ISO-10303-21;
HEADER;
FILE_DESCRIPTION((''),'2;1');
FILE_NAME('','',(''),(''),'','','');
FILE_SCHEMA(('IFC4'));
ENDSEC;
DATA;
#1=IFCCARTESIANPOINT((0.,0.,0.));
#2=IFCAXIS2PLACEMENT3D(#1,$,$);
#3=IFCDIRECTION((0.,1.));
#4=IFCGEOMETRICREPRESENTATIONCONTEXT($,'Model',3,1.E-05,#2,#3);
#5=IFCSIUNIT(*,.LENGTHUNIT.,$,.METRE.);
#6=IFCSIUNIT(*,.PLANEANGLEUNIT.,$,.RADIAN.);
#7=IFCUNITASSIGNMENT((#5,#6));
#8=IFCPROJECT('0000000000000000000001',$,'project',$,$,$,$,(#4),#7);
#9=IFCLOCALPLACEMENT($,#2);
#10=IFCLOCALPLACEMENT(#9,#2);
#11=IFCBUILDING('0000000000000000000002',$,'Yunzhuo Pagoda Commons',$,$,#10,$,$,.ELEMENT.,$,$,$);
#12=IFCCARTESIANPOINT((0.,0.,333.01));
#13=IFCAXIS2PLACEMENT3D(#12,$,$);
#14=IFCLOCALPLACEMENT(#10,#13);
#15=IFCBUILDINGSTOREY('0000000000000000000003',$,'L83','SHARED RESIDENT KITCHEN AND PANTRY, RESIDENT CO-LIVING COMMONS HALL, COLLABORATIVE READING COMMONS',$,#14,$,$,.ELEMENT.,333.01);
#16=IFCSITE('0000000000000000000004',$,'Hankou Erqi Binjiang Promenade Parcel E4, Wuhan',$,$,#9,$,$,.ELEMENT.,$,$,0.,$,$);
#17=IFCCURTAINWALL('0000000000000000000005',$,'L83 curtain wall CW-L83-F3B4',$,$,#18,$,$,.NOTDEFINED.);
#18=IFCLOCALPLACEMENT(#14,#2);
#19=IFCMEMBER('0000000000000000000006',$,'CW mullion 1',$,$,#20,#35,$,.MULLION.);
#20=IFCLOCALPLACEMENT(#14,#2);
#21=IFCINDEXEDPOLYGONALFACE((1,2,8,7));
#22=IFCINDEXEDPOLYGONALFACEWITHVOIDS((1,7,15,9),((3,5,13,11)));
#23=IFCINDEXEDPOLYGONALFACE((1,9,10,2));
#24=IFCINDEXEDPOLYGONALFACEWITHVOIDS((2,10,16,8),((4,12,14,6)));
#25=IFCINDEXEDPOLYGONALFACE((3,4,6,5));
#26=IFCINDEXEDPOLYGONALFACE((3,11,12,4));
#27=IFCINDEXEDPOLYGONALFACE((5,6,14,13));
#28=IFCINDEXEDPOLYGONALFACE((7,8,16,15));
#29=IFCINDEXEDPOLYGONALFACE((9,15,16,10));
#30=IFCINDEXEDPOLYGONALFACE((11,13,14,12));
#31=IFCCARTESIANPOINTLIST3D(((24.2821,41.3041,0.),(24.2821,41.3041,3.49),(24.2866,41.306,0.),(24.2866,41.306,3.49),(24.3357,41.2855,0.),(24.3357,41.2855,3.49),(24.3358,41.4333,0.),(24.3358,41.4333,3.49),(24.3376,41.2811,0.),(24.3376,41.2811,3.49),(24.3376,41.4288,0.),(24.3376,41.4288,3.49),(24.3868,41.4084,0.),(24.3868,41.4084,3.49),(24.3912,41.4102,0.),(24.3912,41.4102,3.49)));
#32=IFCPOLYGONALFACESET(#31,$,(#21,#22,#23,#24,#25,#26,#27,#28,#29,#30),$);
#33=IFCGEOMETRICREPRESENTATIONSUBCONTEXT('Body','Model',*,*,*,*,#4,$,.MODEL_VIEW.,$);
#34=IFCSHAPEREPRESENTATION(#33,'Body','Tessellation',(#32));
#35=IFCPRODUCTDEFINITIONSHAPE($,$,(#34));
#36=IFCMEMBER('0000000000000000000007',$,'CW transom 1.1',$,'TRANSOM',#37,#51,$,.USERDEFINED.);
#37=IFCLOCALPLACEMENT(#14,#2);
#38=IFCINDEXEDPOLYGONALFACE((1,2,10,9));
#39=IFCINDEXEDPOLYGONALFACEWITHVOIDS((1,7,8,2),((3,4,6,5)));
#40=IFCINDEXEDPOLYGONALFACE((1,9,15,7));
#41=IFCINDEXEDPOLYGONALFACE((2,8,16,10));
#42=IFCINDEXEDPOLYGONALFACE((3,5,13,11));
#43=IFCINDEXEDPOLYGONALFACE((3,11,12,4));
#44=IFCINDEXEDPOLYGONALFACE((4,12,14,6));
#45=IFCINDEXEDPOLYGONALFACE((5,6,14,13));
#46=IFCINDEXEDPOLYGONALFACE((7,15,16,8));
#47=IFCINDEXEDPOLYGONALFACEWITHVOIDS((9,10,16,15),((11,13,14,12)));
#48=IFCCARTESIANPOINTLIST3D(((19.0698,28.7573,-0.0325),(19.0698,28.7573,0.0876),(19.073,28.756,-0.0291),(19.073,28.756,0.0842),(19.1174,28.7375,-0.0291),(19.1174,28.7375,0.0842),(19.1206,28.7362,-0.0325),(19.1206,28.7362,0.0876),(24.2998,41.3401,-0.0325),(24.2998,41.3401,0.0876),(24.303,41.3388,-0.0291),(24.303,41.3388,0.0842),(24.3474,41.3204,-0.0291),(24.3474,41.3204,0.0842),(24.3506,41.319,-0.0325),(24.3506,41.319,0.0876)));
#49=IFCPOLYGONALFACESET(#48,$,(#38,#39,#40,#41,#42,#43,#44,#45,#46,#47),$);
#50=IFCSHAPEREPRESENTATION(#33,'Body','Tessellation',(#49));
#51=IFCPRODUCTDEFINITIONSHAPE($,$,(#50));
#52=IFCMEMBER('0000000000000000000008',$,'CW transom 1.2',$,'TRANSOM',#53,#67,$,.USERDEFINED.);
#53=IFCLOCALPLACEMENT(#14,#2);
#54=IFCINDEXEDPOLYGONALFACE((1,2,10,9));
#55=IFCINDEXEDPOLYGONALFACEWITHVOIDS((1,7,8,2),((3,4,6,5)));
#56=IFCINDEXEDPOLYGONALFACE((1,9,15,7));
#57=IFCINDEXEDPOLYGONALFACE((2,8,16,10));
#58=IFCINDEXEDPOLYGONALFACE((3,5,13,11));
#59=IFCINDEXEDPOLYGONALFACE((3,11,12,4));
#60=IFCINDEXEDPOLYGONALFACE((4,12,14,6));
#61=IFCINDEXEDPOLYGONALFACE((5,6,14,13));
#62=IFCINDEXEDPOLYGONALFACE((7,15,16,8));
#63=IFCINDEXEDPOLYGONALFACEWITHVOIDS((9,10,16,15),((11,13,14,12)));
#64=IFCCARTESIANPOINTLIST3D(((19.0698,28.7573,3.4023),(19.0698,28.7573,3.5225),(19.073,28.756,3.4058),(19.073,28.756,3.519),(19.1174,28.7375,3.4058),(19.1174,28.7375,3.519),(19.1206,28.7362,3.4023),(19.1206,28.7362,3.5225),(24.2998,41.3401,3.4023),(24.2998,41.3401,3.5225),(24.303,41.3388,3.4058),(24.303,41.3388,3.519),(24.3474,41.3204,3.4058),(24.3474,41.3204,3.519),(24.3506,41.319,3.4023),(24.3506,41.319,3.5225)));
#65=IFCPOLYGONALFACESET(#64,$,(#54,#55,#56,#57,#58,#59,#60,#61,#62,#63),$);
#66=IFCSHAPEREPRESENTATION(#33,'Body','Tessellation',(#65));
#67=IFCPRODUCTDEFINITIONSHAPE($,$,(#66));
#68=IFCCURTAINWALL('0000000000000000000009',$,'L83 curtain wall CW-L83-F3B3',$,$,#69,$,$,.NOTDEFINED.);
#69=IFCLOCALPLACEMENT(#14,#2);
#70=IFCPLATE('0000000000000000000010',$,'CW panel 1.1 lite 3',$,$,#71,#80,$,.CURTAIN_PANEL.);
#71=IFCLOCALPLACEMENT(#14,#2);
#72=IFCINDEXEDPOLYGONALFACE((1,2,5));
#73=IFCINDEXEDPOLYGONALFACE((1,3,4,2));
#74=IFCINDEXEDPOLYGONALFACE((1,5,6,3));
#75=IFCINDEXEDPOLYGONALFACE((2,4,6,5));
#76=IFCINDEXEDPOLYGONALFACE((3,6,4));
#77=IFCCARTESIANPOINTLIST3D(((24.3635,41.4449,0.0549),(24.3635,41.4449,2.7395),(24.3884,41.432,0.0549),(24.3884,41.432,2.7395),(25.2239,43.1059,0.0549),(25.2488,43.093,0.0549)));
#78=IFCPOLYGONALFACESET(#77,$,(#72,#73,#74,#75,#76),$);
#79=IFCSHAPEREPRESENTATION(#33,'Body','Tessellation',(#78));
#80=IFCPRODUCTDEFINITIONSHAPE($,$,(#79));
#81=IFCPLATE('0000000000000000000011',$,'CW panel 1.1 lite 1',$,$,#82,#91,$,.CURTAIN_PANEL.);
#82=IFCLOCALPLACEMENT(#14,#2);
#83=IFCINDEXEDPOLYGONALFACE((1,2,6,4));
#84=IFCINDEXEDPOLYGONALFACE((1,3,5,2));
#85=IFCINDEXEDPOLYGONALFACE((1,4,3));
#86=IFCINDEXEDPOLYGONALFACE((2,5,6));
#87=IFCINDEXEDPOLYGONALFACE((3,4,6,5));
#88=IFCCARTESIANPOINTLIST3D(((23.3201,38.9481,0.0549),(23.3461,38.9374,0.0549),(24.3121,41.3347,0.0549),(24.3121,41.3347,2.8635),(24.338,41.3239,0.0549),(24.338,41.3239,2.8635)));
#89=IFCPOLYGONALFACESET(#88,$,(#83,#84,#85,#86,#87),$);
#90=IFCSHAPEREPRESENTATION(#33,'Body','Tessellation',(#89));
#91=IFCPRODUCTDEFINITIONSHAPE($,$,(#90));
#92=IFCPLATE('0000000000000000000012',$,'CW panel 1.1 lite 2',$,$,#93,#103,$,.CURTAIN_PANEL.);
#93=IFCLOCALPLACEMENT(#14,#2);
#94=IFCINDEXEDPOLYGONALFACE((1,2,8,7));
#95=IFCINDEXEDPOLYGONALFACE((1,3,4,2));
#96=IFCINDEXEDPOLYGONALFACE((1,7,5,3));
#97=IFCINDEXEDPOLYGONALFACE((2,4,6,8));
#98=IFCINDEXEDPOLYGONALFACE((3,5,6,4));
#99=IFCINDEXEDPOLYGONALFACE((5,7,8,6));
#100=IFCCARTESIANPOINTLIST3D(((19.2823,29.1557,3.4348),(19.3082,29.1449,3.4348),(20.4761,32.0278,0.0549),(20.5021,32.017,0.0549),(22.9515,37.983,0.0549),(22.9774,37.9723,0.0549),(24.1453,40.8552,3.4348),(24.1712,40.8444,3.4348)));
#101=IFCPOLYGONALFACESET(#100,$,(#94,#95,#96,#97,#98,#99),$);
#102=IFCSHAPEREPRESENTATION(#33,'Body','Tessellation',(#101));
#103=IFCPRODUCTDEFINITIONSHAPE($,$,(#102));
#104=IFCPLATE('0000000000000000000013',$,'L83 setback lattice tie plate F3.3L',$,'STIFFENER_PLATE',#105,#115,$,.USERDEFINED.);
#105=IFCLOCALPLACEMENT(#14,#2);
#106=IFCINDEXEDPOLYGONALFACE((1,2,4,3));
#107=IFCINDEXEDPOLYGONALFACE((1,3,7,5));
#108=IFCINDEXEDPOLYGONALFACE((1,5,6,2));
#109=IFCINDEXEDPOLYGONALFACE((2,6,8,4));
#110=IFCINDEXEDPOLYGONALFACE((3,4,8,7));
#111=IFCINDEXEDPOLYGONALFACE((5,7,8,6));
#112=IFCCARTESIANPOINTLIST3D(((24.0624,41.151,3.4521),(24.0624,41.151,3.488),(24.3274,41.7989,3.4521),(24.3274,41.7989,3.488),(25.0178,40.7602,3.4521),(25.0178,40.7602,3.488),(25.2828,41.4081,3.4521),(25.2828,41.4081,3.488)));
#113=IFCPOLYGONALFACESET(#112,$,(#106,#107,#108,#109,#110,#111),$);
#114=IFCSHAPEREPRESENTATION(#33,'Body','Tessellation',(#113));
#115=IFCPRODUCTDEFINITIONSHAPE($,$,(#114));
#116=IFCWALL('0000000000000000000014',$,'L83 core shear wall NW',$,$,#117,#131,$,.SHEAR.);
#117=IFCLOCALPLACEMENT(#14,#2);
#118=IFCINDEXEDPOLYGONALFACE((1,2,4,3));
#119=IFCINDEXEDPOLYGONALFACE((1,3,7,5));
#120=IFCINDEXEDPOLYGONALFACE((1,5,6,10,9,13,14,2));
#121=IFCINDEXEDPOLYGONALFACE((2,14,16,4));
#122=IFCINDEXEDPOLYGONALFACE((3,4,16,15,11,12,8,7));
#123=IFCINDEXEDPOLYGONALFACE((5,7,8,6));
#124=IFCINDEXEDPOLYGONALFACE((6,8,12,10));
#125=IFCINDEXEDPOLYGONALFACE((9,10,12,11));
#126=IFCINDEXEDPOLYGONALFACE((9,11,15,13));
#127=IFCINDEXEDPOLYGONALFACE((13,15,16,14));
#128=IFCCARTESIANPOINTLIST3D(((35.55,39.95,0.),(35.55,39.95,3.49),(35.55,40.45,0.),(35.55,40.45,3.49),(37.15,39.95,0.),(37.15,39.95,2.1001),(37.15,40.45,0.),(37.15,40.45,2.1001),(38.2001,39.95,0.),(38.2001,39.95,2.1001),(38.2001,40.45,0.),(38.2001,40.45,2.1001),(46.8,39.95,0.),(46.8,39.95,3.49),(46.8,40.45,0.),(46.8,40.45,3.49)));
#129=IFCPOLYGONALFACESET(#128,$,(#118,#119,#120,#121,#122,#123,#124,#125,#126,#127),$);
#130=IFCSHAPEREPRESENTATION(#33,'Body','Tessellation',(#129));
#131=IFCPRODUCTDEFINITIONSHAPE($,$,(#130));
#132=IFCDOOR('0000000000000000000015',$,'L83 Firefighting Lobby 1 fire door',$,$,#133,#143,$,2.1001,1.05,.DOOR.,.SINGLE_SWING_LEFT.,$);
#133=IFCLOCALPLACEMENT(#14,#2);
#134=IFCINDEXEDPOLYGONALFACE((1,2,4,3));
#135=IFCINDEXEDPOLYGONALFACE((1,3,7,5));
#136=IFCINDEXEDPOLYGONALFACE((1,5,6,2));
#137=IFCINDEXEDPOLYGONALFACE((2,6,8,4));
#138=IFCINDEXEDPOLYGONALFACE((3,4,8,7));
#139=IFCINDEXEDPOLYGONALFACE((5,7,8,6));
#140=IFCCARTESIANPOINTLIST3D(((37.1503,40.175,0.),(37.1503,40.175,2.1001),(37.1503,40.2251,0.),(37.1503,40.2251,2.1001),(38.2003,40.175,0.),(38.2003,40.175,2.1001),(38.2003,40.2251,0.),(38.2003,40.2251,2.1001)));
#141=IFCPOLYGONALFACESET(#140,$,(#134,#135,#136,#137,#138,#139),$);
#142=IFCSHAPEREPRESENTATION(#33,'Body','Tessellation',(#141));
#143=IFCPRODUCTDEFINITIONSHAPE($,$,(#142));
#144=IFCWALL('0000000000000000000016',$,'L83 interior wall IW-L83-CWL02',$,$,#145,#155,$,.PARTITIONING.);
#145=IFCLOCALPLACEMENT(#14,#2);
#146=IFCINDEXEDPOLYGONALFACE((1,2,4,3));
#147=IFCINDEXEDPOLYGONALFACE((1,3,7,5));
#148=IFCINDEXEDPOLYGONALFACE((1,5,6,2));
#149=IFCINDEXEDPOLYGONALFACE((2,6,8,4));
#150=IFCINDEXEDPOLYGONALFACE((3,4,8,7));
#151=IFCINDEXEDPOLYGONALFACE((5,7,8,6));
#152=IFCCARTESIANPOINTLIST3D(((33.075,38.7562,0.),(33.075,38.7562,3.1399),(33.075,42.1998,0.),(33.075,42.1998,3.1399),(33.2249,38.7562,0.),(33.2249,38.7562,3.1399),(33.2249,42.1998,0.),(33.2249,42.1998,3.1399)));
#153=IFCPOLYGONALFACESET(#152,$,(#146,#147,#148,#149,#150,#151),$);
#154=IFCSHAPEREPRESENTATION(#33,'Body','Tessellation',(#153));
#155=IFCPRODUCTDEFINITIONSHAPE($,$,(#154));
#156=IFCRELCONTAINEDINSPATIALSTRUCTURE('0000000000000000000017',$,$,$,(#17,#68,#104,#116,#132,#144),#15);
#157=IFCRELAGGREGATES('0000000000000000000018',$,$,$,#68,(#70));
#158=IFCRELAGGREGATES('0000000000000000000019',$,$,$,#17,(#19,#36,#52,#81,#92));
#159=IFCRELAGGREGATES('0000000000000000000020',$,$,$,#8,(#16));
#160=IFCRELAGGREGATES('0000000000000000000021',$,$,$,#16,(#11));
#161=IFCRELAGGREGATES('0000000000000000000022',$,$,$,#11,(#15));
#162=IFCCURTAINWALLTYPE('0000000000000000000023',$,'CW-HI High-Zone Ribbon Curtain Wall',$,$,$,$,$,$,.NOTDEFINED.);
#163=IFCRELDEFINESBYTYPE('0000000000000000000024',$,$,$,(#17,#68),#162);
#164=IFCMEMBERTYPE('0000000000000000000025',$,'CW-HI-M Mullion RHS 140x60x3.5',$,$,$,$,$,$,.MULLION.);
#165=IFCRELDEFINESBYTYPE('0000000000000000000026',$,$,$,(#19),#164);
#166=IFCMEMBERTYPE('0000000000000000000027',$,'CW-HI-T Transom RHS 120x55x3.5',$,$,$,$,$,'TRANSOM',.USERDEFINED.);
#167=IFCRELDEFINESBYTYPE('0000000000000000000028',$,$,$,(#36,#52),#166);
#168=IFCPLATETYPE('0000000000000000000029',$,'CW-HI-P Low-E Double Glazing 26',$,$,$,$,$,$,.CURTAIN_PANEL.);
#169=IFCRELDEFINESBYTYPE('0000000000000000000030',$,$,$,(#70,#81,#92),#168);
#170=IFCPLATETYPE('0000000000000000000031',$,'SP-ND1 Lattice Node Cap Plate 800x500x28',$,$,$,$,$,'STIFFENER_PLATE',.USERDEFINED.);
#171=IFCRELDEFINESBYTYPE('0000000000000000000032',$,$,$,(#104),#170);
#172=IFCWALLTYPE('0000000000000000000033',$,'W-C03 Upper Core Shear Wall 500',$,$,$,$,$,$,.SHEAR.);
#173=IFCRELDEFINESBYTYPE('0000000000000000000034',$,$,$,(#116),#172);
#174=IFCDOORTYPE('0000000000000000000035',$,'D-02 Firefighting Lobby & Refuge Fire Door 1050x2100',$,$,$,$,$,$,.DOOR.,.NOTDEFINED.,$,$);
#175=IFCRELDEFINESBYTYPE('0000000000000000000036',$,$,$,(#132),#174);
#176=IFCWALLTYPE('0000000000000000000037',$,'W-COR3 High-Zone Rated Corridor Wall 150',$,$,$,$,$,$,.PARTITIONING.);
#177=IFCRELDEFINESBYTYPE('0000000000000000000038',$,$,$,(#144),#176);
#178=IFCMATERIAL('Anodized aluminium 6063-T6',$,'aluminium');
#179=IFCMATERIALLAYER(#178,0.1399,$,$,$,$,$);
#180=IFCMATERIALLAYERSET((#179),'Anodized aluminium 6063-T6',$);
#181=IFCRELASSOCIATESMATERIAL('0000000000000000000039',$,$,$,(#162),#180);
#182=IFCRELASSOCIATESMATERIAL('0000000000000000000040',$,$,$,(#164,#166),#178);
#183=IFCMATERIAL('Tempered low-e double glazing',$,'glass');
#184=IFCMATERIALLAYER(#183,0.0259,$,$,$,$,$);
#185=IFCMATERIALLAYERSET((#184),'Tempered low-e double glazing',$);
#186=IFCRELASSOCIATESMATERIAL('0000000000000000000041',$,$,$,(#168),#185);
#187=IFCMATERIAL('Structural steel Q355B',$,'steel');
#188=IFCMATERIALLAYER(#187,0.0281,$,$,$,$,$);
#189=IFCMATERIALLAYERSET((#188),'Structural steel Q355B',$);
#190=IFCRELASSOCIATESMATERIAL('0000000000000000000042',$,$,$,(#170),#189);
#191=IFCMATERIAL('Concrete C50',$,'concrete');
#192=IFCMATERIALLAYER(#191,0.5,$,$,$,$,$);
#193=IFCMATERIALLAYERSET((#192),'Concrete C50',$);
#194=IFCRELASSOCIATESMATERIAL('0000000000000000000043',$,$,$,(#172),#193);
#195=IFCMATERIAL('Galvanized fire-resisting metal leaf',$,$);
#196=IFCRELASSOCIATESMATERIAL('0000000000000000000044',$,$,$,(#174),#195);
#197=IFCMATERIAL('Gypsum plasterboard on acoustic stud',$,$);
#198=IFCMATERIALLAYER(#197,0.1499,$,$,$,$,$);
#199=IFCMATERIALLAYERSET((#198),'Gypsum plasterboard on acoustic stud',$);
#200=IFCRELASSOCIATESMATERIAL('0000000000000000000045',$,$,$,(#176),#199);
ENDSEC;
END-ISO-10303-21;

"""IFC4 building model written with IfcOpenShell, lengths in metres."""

from ifc_helpers import new_model, si_unit, direction, frame, frame_2d, origin, origin_2d, place, context, subcontext, project, spatial, polyline, rectangle, hollow_rectangle, outline, extrude, source, transform, mapped, material, layer, layer_set, material_profile, profile_set, type_object, element, fill, aggregate, save


model = new_model("IFC4")

# Units and contexts
model_context = context("Model", 3, precision=1e-05, world=origin(), true_north=direction((0.0, 1.0)))
body_context = subcontext(model_context, "Body", "Model", "MODEL_VIEW")
ifc_project = project(units=[si_unit("LENGTHUNIT", "METRE"), si_unit("PLANEANGLEUNIT", "RADIAN")], contexts=[model_context])

# Site, building, storey
site_placement = place(None, origin())
site = spatial("IfcSite", under=ifc_project, at=site_placement, Name="Hankou Erqi Binjiang Promenade Parcel E4, Wuhan", CompositionType="ELEMENT", RefElevation=0.0)
building_placement = place(site_placement, origin())
building = spatial("IfcBuilding", under=site, at=building_placement, Name="Yunzhuo Pagoda Commons", CompositionType="ELEMENT")
storey_placement = place(building_placement, frame((0.0, 0.0, 333.01)))
storey = spatial("IfcBuildingStorey", under=building, at=storey_placement, Name="L83", Description="SHARED RESIDENT KITCHEN AND PANTRY, RESIDENT CO-LIVING COMMONS HALL, COLLABORATIVE READING COMMONS", CompositionType="ELEMENT", Elevation=333.01)

# Shared definitions
ifc_material_1 = material(Name="Structural steel Q355B", Category="steel")

# Curtain wall, members
ifc_material_2 = material(Name="Anodized aluminium 6063-T6", Category="aluminium")
ifc_layer_1 = layer(ifc_material_2, 0.1399)
ifc_layer_set_1 = layer_set([ifc_layer_1], Name="Anodized aluminium 6063-T6")
curtain_wall_type = type_object("IfcCurtainWallType", Name="CW-HI High-Zone Ribbon Curtain Wall", PredefinedType="NOTDEFINED", material=ifc_layer_set_1)
curtain_wall_1_placement = place(storey_placement, origin())
curtain_wall_1 = element("IfcCurtainWall", 1, at=curtain_wall_1_placement, inside=storey, type_object=curtain_wall_type, Name="L83 curtain wall CW-L83-F3B4", PredefinedType="NOTDEFINED")
ifc_material_profile_1 = material_profile(ifc_material_2, hollow_rectangle(XDim=0.0601, YDim=0.1399, WallThickness=0.0034, at=origin_2d()), Name="Anodized aluminium 6063-T6")
ifc_profile_set_1 = profile_set([ifc_material_profile_1], Name="Anodized aluminium 6063-T6")
member_type_1 = type_object("IfcMemberType", Name="CW-HI-M Mullion RHS 140x60x3.5", PredefinedType="MULLION", material=ifc_profile_set_1)
shared_shape_1 = source(origin(), body_context, "Body", "SweptSolid", [
    extrude(hollow_rectangle(XDim=0.0601, YDim=0.1399, WallThickness=0.0034, at=origin_2d()), origin(), (0.0, 0.0, 1.0), 3.49),
])
member_1_placement = place(storey_placement, frame((24.3367, 41.3572, 0.0), z_axis=(0.0, 0.0, 1.0), x_axis=(0.923407, -0.383822, 0.0)))
member_1 = element("IfcMember", 2, at=member_1_placement, type_object=member_type_1, Name="CW mullion 1", PredefinedType="MULLION", context=body_context, shape_type="MappedRepresentation", body=[
    mapped(shared_shape_1, transform((0.0, 0.0, 0.0), scale=1.0)),
])
ifc_material_profile_2 = material_profile(ifc_material_2, hollow_rectangle(XDim=0.0549, YDim=0.1201, WallThickness=0.0034, at=origin_2d()), Name="Anodized aluminium 6063-T6")
ifc_profile_set_2 = profile_set([ifc_material_profile_2], Name="Anodized aluminium 6063-T6")
member_type_2 = type_object("IfcMemberType", Name="CW-HI-T Transom RHS 120x55x3.5", ElementType="TRANSOM", PredefinedType="USERDEFINED", material=ifc_profile_set_2)
shared_shape_2 = source(origin(), body_context, "Body", "SweptSolid", [
    extrude(hollow_rectangle(XDim=0.0549, YDim=0.1201, WallThickness=0.0034, at=origin_2d()), origin(), (0.0, 0.0, 1.0), 13.6265),
])
member_2_placement = place(storey_placement, frame((24.3252, 41.3296, 0.0276), z_axis=(-0.383812, -0.923411, 0.0), x_axis=(0.923411, -0.383812, 0.0)))
member_2 = element("IfcMember", 3, at=member_2_placement, type_object=member_type_2, Name="CW transom 1.1", ObjectType="TRANSOM", PredefinedType="USERDEFINED", context=body_context, shape_type="MappedRepresentation", body=[
    mapped(shared_shape_2, transform((0.0, 0.0, 0.0), scale=1.0)),
])
member_3_placement = place(storey_placement, frame((24.3252, 41.3296, 3.4624), z_axis=(-0.383812, -0.923411, 0.0), x_axis=(0.923411, -0.383812, 0.0)))
member_3 = element("IfcMember", 4, at=member_3_placement, type_object=member_type_2, Name="CW transom 1.2", ObjectType="TRANSOM", PredefinedType="USERDEFINED", context=body_context, shape_type="MappedRepresentation", body=[
    mapped(shared_shape_2, transform((0.0, 0.0, 0.0), scale=1.0)),
])

# Curtain wall, plate
curtain_wall_2_placement = place(storey_placement, origin())
curtain_wall_2 = element("IfcCurtainWall", 5, at=curtain_wall_2_placement, inside=storey, type_object=curtain_wall_type, Name="L83 curtain wall CW-L83-F3B3", PredefinedType="NOTDEFINED")
ifc_material_3 = material(Name="Tempered low-e double glazing", Category="glass")
ifc_layer_2 = layer(ifc_material_3, 0.0259)
ifc_layer_set_2 = layer_set([ifc_layer_2], Name="Tempered low-e double glazing")
plate_type_1 = type_object("IfcPlateType", Name="CW-HI-P Low-E Double Glazing 26", PredefinedType="CURTAIN_PANEL", material=ifc_layer_set_2)
plate_1_placement = place(storey_placement, frame((24.8186, 42.2625, 1.3972), z_axis=(-0.887948, 0.459945, 0.0), x_axis=(-0.459945, -0.887948, 0.0)))
plate_1 = element("IfcPlate", 6, at=plate_1_placement, type_object=plate_type_1, Name="CW panel 1.1 lite 3", PredefinedType="CURTAIN_PANEL", context=body_context, shape_type="SweptSolid", body=[
    extrude(outline(polyline([(-0.9353, -1.3423), (0.9353, -1.3423), (0.9353, 1.3423), (-0.9353, -1.3423)])), origin(), (0.0, 0.0, 1.0), 0.0281),
])
aggregate(curtain_wall_2, [plate_1])

# Plates
plate_2_placement = place(storey_placement, frame((23.842, 40.1306, 1.4592), z_axis=(-0.923407, 0.383822, 0.0), x_axis=(-0.383822, -0.923407, 0.0)))
plate_2 = element("IfcPlate", 7, at=plate_2_placement, type_object=plate_type_1, Name="CW panel 1.1 lite 1", PredefinedType="CURTAIN_PANEL", context=body_context, shape_type="SweptSolid", body=[
    extrude(outline(polyline([(-1.2922, -1.4043), (1.2922, -1.4043), (-1.2922, 1.4043), (-1.2922, -1.4043)])), origin(), (0.0, 0.0, 1.0), 0.0281),
])
plate_3_placement = place(storey_placement, frame((21.7397, 34.9946, 1.7449), z_axis=(-0.923407, 0.383822, 0.0), x_axis=(-0.383822, -0.923407, 0.0)))
plate_3 = element("IfcPlate", 8, at=plate_3_placement, type_object=plate_type_1, Name="CW panel 1.1 lite 2", PredefinedType="CURTAIN_PANEL", context=body_context, shape_type="SweptSolid", body=[
    extrude(outline(polyline([(-6.335, 1.6899), (-3.2246, -1.6899), (3.2246, -1.6899), (6.335, 1.6899), (-6.335, 1.6899)])), origin(), (0.0, 0.0, 1.0), 0.0281),
])
aggregate(curtain_wall_1, [member_1, member_2, member_3, plate_2, plate_3])
ifc_layer_3 = layer(ifc_material_1, 0.0281)
ifc_layer_set_3 = layer_set([ifc_layer_3], Name="Structural steel Q355B")
plate_type_2 = type_object("IfcPlateType", Name="SP-ND1 Lattice Node Cap Plate 800x500x28", ElementType="STIFFENER_PLATE", PredefinedType="USERDEFINED", material=ifc_layer_set_3)
shared_shape_3 = source(origin(), body_context, "Body", "SweptSolid", [
    extrude(rectangle(XDim=0.7, YDim=1.0322, at=origin_2d()), origin(), (0.0, 0.0, 1.0), 0.0359),
])
plate_4_placement = place(storey_placement, frame((24.6726, 41.2795, 3.4521), z_axis=(0.0, 0.0, 1.0), x_axis=(-0.378568, -0.925574, 0.0)))
element("IfcPlate", 9, at=plate_4_placement, inside=storey, type_object=plate_type_2, Name="L83 setback lattice tie plate F3.3L", ObjectType="STIFFENER_PLATE", PredefinedType="USERDEFINED", context=body_context, shape_type="MappedRepresentation", body=[
    mapped(shared_shape_3, transform((0.0, 0.0, 0.0), scale=1.0)),
])

# Wall, opening, door
ifc_material_4 = material(Name="Concrete C50", Category="concrete")
ifc_layer_4 = layer(ifc_material_4, 0.5)
ifc_layer_set_4 = layer_set([ifc_layer_4], Name="Concrete C50")
wall_type_1 = type_object("IfcWallType", Name="W-C03 Upper Core Shear Wall 500", PredefinedType="SHEAR", material=ifc_layer_set_4)
wall_1_placement = place(storey_placement, frame((35.55, 40.2, 0.0), z_axis=(0.0, 0.0, 1.0), x_axis=(1.0, 0.0, 0.0)))
wall_1 = element("IfcWall", 10, at=wall_1_placement, inside=storey, type_object=wall_type_1, Name="L83 core shear wall NW", PredefinedType="SHEAR", context=body_context, shape_type="SweptSolid", body=[
    extrude(rectangle(XDim=11.25, YDim=0.5, at=frame_2d((5.625, 0.0))), origin(), (0.0, 0.0, 1.0), 3.49),
])
opening_1_placement = place(wall_1_placement, frame((1.6001, 0.0, 0.0)))
opening_1 = element("IfcOpeningElement", 11, at=opening_1_placement, cuts=wall_1, PredefinedType="OPENING", context=body_context, shape_type="SweptSolid", body=[
    extrude(rectangle(XDim=1.05, YDim=2.1001, at=frame_2d((0.5249, 1.05))), frame((0.0, 0.26, 0.0), z_axis=(0.0, -1.0, 0.0), x_axis=(1.0, 0.0, 0.0)), (0.0, 0.0, 1.0), 0.52),
])
ifc_material_5 = material(Name="Galvanized fire-resisting metal leaf")
door_type_1 = type_object("IfcDoorType", Name="D-02 Firefighting Lobby & Refuge Fire Door 1050x2100", OperationType="NOTDEFINED", PredefinedType="DOOR", material=ifc_material_5)
shared_shape_4 = source(origin(), body_context, "Body", "SweptSolid", [
    extrude(rectangle(XDim=1.05, YDim=2.1001, at=frame_2d((0.5249, 1.05))), frame((0.0, 0.0249, 0.0), z_axis=(0.0, -1.0, 0.0), x_axis=(1.0, 0.0, 0.0)), (0.0, 0.0, 1.0), 0.05),
])
door_1_placement = place(opening_1_placement, frame((1.05, 0.0, 0.0), z_axis=(0.0, 0.0, 1.0), x_axis=(-1.0, 0.0, 0.0)))
door_1 = element("IfcDoor", 12, at=door_1_placement, inside=storey, type_object=door_type_1, Name="L83 Firefighting Lobby 1 fire door", OperationType="SINGLE_SWING_LEFT", OverallHeight=2.1001, OverallWidth=1.05, PredefinedType="DOOR", context=body_context, shape_type="MappedRepresentation", body=[
    mapped(shared_shape_4, transform((0.0, 0.0, 0.0), scale=1.0)),
])
fill(opening_1, door_1)

# Wall
ifc_material_6 = material(Name="Gypsum plasterboard on acoustic stud")
ifc_layer_5 = layer(ifc_material_6, 0.1499)
ifc_layer_set_5 = layer_set([ifc_layer_5], Name="Gypsum plasterboard on acoustic stud")
wall_type_2 = type_object("IfcWallType", Name="W-COR3 High-Zone Rated Corridor Wall 150", PredefinedType="PARTITIONING", material=ifc_layer_set_5)
wall_2_placement = place(storey_placement, frame((33.1499, 38.7563, 0.0), z_axis=(0.0, 0.0, 1.0), x_axis=(0.0, 1.0, 0.0)))
element("IfcWall", 13, at=wall_2_placement, inside=storey, type_object=wall_type_2, Name="L83 interior wall IW-L83-CWL02", PredefinedType="PARTITIONING", context=body_context, shape_type="SweptSolid", body=[
    extrude(rectangle(XDim=3.4436, YDim=0.1499, at=frame_2d((1.7217, 0.0))), origin(), (0.0, 0.0, 1.0), 3.1399),
])

save(model, "model.ifc")
